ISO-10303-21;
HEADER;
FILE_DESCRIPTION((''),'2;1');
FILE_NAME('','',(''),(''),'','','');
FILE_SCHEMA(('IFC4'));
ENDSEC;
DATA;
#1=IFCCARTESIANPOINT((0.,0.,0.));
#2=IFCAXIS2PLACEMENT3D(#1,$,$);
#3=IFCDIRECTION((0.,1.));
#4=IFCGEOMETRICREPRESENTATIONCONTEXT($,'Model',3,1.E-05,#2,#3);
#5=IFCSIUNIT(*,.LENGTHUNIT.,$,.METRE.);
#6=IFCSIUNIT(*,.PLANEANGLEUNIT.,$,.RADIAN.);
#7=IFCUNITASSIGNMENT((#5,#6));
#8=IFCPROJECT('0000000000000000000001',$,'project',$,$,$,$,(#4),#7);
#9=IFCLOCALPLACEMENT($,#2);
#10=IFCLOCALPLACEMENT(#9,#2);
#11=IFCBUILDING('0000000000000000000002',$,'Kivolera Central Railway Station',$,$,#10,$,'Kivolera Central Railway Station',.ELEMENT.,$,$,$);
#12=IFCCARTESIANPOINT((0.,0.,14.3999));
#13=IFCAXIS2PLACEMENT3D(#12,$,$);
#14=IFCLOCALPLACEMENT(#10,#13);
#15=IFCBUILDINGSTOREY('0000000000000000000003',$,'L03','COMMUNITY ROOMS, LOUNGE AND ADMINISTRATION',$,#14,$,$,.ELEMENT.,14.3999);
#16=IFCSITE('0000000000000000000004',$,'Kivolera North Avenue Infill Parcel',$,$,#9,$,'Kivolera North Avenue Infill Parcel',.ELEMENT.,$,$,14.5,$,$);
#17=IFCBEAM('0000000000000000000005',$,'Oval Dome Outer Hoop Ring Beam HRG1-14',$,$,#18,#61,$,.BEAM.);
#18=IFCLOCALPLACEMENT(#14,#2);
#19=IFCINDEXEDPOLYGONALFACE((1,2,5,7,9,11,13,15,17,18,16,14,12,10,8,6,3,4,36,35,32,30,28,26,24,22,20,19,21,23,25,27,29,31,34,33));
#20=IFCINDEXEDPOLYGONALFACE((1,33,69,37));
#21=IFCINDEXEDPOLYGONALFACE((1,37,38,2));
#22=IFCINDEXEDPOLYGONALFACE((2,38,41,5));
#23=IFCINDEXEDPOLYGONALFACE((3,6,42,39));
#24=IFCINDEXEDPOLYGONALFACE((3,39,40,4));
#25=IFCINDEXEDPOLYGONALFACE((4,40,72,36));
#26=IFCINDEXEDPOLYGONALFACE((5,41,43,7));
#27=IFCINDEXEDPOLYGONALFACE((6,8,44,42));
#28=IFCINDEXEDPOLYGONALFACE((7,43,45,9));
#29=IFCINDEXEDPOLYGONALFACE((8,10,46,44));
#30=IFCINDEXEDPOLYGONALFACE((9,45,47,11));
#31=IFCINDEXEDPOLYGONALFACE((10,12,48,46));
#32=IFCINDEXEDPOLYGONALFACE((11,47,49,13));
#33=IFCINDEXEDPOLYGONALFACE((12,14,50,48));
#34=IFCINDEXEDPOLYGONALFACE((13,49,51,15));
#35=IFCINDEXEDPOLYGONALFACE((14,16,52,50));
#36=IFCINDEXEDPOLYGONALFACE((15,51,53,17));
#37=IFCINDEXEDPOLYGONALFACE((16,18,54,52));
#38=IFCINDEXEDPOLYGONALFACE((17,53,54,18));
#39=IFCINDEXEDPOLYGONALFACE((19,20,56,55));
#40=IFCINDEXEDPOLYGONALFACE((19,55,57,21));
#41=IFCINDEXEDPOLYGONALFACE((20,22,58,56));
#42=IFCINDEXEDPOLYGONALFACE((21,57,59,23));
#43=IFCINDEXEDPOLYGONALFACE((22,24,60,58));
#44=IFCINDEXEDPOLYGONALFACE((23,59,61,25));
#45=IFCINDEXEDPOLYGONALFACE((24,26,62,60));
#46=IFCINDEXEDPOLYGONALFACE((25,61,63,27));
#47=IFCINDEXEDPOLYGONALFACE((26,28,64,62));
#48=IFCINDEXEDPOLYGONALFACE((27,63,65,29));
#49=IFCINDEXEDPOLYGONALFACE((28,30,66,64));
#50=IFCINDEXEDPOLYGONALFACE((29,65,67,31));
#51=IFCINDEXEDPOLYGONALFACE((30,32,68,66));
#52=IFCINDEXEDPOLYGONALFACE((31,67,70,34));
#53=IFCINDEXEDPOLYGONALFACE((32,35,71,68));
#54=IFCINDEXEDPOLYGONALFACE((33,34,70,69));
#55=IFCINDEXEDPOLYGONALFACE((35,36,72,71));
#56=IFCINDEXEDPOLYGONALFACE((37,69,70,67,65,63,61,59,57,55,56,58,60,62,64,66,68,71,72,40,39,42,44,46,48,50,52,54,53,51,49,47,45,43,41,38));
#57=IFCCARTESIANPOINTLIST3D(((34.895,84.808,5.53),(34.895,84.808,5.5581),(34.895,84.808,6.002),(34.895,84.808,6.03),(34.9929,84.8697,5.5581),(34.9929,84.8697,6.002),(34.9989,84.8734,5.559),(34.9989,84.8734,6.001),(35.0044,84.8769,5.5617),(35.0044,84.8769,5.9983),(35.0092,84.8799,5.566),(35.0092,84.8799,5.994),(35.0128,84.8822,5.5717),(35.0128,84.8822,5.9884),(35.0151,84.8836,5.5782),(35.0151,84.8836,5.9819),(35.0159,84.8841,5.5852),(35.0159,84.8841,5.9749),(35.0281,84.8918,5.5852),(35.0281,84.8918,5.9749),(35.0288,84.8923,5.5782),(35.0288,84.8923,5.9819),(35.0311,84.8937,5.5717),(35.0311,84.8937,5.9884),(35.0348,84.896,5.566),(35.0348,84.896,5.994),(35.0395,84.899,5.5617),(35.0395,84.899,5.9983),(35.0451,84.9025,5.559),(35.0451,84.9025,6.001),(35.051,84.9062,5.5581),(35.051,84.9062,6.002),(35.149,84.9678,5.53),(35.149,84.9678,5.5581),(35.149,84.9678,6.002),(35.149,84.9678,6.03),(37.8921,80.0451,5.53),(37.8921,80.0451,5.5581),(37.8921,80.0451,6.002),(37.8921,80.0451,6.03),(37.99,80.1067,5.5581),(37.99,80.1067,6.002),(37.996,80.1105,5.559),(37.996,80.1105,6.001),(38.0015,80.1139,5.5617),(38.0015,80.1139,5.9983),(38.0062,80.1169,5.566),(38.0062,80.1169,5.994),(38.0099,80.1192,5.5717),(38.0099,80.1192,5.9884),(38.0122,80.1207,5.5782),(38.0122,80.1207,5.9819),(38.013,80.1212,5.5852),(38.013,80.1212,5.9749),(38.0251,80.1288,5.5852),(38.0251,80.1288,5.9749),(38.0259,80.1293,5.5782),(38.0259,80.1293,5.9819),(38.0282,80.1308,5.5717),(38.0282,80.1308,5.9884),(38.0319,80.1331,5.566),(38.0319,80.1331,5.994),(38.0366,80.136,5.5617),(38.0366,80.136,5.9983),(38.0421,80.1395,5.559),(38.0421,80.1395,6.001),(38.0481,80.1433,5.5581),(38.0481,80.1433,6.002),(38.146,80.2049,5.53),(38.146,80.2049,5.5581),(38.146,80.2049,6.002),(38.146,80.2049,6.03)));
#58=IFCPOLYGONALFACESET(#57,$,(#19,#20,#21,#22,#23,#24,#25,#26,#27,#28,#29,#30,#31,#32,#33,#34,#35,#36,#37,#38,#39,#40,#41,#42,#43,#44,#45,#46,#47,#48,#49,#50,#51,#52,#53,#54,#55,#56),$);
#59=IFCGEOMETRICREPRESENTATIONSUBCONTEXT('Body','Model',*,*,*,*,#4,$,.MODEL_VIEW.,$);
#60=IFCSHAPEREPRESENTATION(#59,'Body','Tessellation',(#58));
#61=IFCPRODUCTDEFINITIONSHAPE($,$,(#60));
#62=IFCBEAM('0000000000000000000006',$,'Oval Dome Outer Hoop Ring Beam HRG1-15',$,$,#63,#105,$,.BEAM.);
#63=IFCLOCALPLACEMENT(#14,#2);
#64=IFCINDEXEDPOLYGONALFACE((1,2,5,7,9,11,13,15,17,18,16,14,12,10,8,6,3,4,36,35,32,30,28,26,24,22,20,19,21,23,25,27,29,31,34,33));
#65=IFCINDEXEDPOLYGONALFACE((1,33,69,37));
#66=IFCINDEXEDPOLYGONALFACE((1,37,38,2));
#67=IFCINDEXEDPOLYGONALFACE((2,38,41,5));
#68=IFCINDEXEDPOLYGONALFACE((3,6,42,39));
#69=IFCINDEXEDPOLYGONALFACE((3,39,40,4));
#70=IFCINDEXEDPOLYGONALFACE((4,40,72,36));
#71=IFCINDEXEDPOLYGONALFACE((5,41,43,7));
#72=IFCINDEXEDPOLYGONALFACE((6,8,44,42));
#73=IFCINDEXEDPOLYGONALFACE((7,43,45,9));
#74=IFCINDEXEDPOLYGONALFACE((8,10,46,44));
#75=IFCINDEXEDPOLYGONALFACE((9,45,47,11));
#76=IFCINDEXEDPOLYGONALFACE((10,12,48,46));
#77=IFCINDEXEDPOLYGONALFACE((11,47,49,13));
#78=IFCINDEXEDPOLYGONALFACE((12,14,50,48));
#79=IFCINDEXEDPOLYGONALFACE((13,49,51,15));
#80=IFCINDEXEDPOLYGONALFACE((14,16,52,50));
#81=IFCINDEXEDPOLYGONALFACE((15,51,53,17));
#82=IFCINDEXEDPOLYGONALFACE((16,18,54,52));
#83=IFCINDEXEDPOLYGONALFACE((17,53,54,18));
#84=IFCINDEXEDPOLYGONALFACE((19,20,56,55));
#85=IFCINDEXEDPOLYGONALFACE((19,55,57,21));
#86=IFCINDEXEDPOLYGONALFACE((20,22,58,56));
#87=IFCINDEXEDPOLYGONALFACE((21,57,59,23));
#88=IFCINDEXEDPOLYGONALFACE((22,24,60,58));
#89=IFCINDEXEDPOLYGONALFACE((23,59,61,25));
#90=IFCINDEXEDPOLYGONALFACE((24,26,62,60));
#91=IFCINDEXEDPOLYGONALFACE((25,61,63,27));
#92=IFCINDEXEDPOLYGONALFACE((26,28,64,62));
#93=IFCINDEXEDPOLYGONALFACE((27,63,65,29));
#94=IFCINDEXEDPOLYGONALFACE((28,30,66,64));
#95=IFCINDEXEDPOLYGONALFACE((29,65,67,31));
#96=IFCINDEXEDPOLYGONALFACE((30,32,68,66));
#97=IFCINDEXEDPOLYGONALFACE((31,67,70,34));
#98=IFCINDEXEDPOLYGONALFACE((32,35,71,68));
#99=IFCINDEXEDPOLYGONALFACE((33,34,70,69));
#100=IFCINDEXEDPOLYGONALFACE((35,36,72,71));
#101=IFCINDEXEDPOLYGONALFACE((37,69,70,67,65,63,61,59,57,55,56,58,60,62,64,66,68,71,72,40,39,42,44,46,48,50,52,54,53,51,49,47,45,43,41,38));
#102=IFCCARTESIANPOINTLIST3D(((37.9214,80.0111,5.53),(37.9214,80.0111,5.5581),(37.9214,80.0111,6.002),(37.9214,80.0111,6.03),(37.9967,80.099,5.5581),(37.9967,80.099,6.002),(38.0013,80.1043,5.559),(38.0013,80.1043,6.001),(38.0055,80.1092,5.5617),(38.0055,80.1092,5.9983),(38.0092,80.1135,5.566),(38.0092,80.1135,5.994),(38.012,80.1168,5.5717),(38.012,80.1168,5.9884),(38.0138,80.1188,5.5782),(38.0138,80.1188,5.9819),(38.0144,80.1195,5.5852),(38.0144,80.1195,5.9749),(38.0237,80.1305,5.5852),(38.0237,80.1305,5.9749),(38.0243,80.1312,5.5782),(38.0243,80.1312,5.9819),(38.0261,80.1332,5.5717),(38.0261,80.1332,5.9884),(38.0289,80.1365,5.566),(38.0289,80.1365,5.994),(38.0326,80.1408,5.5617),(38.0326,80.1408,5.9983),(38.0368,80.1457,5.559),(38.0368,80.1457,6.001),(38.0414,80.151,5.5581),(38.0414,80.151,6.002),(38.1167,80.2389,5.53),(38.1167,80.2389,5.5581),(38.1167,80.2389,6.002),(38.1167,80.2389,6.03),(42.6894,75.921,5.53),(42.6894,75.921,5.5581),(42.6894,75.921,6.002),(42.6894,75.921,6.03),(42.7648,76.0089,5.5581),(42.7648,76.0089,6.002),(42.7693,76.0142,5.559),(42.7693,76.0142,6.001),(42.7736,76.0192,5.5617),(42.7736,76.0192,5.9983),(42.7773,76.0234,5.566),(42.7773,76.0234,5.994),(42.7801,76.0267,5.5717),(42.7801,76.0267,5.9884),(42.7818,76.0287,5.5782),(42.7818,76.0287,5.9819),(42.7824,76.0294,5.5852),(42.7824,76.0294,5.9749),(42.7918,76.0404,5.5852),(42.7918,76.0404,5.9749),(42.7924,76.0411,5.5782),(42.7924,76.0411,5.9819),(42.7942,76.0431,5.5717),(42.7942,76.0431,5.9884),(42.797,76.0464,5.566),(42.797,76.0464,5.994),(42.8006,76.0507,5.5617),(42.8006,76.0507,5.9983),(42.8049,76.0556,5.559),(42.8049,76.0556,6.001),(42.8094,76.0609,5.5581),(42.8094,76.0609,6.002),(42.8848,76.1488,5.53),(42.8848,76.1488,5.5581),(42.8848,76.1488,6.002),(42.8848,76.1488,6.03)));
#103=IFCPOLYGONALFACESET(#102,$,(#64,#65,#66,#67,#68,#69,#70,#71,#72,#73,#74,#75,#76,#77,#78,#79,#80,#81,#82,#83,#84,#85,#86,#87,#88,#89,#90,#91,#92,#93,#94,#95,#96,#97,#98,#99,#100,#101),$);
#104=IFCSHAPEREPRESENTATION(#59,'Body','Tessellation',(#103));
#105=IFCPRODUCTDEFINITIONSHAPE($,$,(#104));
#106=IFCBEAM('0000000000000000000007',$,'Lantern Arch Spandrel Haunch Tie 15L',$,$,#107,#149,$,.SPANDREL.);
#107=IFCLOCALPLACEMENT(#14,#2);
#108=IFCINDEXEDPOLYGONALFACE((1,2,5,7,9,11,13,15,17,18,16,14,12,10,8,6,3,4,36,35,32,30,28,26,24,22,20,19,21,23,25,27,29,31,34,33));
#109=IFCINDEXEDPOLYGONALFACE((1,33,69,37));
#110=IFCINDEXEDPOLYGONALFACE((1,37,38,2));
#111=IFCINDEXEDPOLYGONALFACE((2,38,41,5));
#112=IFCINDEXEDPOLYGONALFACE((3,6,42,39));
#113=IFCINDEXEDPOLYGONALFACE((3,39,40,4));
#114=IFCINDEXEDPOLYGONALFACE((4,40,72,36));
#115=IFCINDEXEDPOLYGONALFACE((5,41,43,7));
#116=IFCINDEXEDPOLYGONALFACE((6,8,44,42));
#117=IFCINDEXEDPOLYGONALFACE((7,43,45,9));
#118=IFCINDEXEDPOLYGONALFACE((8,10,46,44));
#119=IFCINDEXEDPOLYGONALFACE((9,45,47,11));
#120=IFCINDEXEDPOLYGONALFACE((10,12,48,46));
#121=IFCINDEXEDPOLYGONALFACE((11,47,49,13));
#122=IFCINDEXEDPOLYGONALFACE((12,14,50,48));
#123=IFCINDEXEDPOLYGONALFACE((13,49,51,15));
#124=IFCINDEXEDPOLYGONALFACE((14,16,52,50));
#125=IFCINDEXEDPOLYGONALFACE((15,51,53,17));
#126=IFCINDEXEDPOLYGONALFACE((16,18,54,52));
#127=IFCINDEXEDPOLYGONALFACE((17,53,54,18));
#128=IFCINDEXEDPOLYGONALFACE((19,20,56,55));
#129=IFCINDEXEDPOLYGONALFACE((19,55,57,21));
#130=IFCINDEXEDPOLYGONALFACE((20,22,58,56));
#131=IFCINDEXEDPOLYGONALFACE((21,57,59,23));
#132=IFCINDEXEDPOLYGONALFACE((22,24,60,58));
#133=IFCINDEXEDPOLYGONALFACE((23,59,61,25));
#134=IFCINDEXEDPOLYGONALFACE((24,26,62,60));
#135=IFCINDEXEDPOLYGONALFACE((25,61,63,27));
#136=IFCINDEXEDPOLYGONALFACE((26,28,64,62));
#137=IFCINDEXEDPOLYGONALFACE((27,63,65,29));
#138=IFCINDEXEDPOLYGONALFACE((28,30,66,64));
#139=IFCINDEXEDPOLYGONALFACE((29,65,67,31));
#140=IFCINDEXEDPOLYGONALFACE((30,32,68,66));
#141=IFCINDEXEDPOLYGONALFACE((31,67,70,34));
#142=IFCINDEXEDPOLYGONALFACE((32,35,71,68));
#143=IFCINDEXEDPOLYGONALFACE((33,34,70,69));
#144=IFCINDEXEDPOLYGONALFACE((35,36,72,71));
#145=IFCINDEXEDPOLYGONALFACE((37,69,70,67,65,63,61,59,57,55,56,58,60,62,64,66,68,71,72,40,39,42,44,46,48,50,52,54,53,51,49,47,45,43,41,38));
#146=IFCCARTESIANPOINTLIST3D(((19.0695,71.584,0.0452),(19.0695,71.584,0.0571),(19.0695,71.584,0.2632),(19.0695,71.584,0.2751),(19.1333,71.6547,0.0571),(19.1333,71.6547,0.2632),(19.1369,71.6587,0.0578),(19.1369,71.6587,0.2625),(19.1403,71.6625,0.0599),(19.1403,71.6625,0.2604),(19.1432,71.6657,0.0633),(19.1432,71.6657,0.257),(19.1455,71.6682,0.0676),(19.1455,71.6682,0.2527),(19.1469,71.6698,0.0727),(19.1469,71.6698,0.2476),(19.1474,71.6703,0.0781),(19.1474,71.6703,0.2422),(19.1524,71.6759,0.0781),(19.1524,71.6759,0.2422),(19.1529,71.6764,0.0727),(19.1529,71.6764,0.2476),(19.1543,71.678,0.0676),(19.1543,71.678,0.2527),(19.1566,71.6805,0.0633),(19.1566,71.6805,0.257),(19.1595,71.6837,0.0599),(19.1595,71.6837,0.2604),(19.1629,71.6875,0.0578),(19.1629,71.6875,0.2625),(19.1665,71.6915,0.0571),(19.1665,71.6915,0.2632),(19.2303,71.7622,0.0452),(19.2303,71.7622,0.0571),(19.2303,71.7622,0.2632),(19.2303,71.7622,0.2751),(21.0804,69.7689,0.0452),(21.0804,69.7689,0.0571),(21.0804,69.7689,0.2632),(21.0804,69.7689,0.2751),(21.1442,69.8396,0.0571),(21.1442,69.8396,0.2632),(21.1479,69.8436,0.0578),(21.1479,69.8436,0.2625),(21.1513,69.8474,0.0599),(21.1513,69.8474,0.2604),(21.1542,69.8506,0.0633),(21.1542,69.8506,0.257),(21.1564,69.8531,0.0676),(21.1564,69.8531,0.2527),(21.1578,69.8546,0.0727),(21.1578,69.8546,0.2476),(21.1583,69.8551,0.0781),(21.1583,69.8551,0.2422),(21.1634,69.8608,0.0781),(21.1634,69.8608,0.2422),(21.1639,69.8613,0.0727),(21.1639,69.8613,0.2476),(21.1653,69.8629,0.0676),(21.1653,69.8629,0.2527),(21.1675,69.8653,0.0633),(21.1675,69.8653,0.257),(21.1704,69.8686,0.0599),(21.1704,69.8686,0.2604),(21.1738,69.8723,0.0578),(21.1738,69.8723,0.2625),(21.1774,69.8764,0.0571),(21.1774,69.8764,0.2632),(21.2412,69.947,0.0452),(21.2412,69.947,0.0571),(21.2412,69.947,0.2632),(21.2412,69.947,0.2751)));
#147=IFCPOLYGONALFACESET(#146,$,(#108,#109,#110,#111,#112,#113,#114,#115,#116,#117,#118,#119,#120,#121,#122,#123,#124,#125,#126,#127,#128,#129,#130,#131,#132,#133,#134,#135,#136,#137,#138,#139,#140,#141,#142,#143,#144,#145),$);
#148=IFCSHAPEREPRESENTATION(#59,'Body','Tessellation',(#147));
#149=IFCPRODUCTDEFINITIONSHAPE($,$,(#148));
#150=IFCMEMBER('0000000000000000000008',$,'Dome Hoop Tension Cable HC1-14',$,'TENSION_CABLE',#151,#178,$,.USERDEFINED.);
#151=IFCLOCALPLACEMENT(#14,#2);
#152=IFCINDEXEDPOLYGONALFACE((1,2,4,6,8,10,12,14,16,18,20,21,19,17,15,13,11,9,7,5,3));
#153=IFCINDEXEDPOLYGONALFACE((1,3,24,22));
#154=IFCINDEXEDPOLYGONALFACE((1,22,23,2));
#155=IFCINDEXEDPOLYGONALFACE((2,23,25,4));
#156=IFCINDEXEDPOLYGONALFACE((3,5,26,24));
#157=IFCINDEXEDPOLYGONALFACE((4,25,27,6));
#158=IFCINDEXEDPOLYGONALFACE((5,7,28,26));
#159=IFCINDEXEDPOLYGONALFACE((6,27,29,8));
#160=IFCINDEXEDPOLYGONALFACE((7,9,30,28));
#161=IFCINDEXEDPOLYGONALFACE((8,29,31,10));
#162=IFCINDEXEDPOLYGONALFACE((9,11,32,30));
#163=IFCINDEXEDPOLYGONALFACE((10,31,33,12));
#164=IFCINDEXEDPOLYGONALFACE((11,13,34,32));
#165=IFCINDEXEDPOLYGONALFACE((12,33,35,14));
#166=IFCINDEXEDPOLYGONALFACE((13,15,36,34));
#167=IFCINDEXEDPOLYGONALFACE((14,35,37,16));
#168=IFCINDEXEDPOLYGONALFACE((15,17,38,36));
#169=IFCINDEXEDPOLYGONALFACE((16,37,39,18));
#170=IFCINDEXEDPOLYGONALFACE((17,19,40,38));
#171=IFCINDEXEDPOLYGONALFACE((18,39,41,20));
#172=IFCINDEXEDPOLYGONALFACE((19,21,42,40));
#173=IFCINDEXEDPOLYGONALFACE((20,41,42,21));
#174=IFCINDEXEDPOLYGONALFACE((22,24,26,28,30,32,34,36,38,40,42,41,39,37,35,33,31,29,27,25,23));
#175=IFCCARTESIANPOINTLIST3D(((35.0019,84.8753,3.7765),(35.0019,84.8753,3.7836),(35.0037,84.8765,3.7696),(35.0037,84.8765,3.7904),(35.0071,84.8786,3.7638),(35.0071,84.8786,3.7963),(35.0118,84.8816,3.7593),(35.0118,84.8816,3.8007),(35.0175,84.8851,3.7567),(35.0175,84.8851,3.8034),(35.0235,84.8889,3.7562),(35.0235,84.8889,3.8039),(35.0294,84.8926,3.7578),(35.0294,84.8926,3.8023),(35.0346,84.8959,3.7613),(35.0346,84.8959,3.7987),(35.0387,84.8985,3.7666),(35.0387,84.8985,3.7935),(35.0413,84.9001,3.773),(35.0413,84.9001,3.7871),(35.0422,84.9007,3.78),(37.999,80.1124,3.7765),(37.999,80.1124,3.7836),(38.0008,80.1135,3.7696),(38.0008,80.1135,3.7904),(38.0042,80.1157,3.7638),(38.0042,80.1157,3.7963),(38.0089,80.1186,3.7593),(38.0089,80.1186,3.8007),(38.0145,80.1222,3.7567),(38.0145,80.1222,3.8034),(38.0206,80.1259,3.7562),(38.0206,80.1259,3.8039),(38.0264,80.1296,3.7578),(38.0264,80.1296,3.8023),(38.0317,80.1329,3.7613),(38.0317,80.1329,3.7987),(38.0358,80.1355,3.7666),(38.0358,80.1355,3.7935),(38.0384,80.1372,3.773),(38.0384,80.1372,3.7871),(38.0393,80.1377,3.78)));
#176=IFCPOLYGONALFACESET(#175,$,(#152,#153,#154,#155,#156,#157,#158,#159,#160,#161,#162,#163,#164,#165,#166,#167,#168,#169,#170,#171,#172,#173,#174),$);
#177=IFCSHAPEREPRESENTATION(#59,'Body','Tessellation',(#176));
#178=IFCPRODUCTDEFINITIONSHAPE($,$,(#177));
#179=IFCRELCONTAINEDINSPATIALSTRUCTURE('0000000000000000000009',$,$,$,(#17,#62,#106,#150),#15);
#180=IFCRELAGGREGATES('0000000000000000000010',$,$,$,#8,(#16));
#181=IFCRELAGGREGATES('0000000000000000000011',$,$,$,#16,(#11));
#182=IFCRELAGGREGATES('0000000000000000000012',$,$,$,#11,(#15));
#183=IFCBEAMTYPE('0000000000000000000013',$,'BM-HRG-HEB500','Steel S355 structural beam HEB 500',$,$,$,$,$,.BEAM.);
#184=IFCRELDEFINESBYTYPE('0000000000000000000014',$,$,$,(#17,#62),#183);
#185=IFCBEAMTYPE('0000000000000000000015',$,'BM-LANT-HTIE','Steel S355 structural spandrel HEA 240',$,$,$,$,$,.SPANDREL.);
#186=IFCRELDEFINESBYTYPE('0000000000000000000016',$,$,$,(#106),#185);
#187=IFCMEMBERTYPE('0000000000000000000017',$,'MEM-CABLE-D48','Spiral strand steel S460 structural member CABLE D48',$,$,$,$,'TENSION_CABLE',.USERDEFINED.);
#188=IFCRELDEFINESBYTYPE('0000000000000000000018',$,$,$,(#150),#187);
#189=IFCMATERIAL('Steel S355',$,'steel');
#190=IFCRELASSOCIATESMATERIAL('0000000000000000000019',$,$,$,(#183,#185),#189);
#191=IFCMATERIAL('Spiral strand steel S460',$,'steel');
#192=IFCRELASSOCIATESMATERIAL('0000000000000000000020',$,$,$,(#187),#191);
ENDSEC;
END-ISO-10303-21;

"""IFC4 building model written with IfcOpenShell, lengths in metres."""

from ifc_helpers import new_model, si_unit, direction, frame, origin, origin_2d, place, context, subcontext, project, spatial, circle, i_section, extrude, material, material_profile, profile_set, type_object, element, save


model = new_model("IFC4")

# Units and contexts
model_context = context("Model", 3, precision=1e-05, world=origin(), true_north=direction((0.0, 1.0)))
body_context = subcontext(model_context, "Body", "Model", "MODEL_VIEW")
ifc_project = project(units=[si_unit("LENGTHUNIT", "METRE"), si_unit("PLANEANGLEUNIT", "RADIAN")], contexts=[model_context])

# Site, building, storey
site_placement = place(None, origin())
site = spatial("IfcSite", under=ifc_project, at=site_placement, Name="Kivolera North Avenue Infill Parcel", LongName="Kivolera North Avenue Infill Parcel", CompositionType="ELEMENT", RefElevation=14.5)
building_placement = place(site_placement, origin())
building = spatial("IfcBuilding", under=site, at=building_placement, Name="Kivolera Central Railway Station", LongName="Kivolera Central Railway Station", CompositionType="ELEMENT")
storey_placement = place(building_placement, frame((0.0, 0.0, 14.3999)))
storey = spatial("IfcBuildingStorey", under=building, at=storey_placement, Name="L03", Description="COMMUNITY ROOMS, LOUNGE AND ADMINISTRATION", CompositionType="ELEMENT", Elevation=14.3999)

# Beams
ifc_material_1 = material(Name="Steel S355", Category="steel")
ifc_material_profile_1 = material_profile(ifc_material_1, i_section(OverallWidth=0.3, OverallDepth=0.5, WebThickness=0.0144, FlangeThickness=0.0281, FilletRadius=0.0271, at=origin_2d()), Name="HEB 500")
ifc_profile_set_1 = profile_set([ifc_material_profile_1], Name="Steel S355")
beam_type_1 = type_object("IfcBeamType", Name="BM-HRG-HEB500", Description="Steel S355 structural beam HEB 500", PredefinedType="BEAM", material=ifc_profile_set_1)
beam_1_placement = place(storey_placement, frame((35.022, 84.8879, 5.78), z_axis=(0.532582, -0.846378, 0.0), x_axis=(0.846378, 0.532582, 0.0)))
element("IfcBeam", 1, at=beam_1_placement, inside=storey, type_object=beam_type_1, Name="Oval Dome Outer Hoop Ring Beam HRG1-14", PredefinedType="BEAM", context=body_context, shape_type="SweptSolid", body=[
    extrude(i_section(OverallWidth=0.3, OverallDepth=0.5, WebThickness=0.0144, FlangeThickness=0.0281, FilletRadius=0.0271, at=origin_2d()), origin(), (0.0, 0.0, 1.0), 5.6274),
])
beam_2_placement = place(storey_placement, frame((38.019, 80.125, 5.78), z_axis=(0.759007, -0.651083, 0.0), x_axis=(0.651083, 0.759007, 0.0)))
element("IfcBeam", 2, at=beam_2_placement, inside=storey, type_object=beam_type_1, Name="Oval Dome Outer Hoop Ring Beam HRG1-15", PredefinedType="BEAM", context=body_context, shape_type="SweptSolid", body=[
    extrude(i_section(OverallWidth=0.3, OverallDepth=0.5, WebThickness=0.0144, FlangeThickness=0.0281, FilletRadius=0.0271, at=origin_2d()), origin(), (0.0, 0.0, 1.0), 6.282),
])
ifc_material_profile_2 = material_profile(ifc_material_1, i_section(OverallWidth=0.24, OverallDepth=0.23, WebThickness=0.0076, FlangeThickness=0.012, FilletRadius=0.021, at=origin_2d()), Name="HEA 240")
ifc_profile_set_2 = profile_set([ifc_material_profile_2], Name="Steel S355")
beam_type_2 = type_object("IfcBeamType", Name="BM-LANT-HTIE", Description="Steel S355 structural spandrel HEA 240", PredefinedType="SPANDREL", material=ifc_profile_set_2)
beam_3_placement = place(storey_placement, frame((19.1499, 71.6731, 0.1602), z_axis=(0.742321, -0.670044, 0.0), x_axis=(0.670044, 0.742321, 0.0)))
element("IfcBeam", 3, at=beam_3_placement, inside=storey, type_object=beam_type_2, Name="Lantern Arch Spandrel Haunch Tie 15L", PredefinedType="SPANDREL", context=body_context, shape_type="SweptSolid", body=[
    extrude(i_section(OverallWidth=0.24, OverallDepth=0.23, WebThickness=0.0076, FlangeThickness=0.012, FilletRadius=0.021, at=origin_2d()), origin(), (0.0, 0.0, 1.0), 2.709),
])

# Member
ifc_material_2 = material(Name="Spiral strand steel S460", Category="steel")
ifc_material_profile_3 = material_profile(ifc_material_2, circle(Radius=0.0239, at=origin_2d()), Name="CABLE D48")
ifc_profile_set_3 = profile_set([ifc_material_profile_3], Name="Spiral strand steel S460")
member_type_1 = type_object("IfcMemberType", Name="MEM-CABLE-D48", Description="Spiral strand steel S460 structural member CABLE D48", ElementType="TENSION_CABLE", PredefinedType="USERDEFINED", material=ifc_profile_set_3)
member_1_placement = place(storey_placement, frame((35.022, 84.8879, 3.78), z_axis=(0.532582, -0.846378, 0.0), x_axis=(0.846378, 0.532582, 0.0)))
element("IfcMember", 4, at=member_1_placement, inside=storey, type_object=member_type_1, Name="Dome Hoop Tension Cable HC1-14", ObjectType="TENSION_CABLE", PredefinedType="USERDEFINED", context=body_context, shape_type="SweptSolid", body=[
    extrude(circle(Radius=0.0239, at=origin_2d()), origin(), (0.0, 0.0, 1.0), 5.6274),
])

save(model, "model.ifc")
